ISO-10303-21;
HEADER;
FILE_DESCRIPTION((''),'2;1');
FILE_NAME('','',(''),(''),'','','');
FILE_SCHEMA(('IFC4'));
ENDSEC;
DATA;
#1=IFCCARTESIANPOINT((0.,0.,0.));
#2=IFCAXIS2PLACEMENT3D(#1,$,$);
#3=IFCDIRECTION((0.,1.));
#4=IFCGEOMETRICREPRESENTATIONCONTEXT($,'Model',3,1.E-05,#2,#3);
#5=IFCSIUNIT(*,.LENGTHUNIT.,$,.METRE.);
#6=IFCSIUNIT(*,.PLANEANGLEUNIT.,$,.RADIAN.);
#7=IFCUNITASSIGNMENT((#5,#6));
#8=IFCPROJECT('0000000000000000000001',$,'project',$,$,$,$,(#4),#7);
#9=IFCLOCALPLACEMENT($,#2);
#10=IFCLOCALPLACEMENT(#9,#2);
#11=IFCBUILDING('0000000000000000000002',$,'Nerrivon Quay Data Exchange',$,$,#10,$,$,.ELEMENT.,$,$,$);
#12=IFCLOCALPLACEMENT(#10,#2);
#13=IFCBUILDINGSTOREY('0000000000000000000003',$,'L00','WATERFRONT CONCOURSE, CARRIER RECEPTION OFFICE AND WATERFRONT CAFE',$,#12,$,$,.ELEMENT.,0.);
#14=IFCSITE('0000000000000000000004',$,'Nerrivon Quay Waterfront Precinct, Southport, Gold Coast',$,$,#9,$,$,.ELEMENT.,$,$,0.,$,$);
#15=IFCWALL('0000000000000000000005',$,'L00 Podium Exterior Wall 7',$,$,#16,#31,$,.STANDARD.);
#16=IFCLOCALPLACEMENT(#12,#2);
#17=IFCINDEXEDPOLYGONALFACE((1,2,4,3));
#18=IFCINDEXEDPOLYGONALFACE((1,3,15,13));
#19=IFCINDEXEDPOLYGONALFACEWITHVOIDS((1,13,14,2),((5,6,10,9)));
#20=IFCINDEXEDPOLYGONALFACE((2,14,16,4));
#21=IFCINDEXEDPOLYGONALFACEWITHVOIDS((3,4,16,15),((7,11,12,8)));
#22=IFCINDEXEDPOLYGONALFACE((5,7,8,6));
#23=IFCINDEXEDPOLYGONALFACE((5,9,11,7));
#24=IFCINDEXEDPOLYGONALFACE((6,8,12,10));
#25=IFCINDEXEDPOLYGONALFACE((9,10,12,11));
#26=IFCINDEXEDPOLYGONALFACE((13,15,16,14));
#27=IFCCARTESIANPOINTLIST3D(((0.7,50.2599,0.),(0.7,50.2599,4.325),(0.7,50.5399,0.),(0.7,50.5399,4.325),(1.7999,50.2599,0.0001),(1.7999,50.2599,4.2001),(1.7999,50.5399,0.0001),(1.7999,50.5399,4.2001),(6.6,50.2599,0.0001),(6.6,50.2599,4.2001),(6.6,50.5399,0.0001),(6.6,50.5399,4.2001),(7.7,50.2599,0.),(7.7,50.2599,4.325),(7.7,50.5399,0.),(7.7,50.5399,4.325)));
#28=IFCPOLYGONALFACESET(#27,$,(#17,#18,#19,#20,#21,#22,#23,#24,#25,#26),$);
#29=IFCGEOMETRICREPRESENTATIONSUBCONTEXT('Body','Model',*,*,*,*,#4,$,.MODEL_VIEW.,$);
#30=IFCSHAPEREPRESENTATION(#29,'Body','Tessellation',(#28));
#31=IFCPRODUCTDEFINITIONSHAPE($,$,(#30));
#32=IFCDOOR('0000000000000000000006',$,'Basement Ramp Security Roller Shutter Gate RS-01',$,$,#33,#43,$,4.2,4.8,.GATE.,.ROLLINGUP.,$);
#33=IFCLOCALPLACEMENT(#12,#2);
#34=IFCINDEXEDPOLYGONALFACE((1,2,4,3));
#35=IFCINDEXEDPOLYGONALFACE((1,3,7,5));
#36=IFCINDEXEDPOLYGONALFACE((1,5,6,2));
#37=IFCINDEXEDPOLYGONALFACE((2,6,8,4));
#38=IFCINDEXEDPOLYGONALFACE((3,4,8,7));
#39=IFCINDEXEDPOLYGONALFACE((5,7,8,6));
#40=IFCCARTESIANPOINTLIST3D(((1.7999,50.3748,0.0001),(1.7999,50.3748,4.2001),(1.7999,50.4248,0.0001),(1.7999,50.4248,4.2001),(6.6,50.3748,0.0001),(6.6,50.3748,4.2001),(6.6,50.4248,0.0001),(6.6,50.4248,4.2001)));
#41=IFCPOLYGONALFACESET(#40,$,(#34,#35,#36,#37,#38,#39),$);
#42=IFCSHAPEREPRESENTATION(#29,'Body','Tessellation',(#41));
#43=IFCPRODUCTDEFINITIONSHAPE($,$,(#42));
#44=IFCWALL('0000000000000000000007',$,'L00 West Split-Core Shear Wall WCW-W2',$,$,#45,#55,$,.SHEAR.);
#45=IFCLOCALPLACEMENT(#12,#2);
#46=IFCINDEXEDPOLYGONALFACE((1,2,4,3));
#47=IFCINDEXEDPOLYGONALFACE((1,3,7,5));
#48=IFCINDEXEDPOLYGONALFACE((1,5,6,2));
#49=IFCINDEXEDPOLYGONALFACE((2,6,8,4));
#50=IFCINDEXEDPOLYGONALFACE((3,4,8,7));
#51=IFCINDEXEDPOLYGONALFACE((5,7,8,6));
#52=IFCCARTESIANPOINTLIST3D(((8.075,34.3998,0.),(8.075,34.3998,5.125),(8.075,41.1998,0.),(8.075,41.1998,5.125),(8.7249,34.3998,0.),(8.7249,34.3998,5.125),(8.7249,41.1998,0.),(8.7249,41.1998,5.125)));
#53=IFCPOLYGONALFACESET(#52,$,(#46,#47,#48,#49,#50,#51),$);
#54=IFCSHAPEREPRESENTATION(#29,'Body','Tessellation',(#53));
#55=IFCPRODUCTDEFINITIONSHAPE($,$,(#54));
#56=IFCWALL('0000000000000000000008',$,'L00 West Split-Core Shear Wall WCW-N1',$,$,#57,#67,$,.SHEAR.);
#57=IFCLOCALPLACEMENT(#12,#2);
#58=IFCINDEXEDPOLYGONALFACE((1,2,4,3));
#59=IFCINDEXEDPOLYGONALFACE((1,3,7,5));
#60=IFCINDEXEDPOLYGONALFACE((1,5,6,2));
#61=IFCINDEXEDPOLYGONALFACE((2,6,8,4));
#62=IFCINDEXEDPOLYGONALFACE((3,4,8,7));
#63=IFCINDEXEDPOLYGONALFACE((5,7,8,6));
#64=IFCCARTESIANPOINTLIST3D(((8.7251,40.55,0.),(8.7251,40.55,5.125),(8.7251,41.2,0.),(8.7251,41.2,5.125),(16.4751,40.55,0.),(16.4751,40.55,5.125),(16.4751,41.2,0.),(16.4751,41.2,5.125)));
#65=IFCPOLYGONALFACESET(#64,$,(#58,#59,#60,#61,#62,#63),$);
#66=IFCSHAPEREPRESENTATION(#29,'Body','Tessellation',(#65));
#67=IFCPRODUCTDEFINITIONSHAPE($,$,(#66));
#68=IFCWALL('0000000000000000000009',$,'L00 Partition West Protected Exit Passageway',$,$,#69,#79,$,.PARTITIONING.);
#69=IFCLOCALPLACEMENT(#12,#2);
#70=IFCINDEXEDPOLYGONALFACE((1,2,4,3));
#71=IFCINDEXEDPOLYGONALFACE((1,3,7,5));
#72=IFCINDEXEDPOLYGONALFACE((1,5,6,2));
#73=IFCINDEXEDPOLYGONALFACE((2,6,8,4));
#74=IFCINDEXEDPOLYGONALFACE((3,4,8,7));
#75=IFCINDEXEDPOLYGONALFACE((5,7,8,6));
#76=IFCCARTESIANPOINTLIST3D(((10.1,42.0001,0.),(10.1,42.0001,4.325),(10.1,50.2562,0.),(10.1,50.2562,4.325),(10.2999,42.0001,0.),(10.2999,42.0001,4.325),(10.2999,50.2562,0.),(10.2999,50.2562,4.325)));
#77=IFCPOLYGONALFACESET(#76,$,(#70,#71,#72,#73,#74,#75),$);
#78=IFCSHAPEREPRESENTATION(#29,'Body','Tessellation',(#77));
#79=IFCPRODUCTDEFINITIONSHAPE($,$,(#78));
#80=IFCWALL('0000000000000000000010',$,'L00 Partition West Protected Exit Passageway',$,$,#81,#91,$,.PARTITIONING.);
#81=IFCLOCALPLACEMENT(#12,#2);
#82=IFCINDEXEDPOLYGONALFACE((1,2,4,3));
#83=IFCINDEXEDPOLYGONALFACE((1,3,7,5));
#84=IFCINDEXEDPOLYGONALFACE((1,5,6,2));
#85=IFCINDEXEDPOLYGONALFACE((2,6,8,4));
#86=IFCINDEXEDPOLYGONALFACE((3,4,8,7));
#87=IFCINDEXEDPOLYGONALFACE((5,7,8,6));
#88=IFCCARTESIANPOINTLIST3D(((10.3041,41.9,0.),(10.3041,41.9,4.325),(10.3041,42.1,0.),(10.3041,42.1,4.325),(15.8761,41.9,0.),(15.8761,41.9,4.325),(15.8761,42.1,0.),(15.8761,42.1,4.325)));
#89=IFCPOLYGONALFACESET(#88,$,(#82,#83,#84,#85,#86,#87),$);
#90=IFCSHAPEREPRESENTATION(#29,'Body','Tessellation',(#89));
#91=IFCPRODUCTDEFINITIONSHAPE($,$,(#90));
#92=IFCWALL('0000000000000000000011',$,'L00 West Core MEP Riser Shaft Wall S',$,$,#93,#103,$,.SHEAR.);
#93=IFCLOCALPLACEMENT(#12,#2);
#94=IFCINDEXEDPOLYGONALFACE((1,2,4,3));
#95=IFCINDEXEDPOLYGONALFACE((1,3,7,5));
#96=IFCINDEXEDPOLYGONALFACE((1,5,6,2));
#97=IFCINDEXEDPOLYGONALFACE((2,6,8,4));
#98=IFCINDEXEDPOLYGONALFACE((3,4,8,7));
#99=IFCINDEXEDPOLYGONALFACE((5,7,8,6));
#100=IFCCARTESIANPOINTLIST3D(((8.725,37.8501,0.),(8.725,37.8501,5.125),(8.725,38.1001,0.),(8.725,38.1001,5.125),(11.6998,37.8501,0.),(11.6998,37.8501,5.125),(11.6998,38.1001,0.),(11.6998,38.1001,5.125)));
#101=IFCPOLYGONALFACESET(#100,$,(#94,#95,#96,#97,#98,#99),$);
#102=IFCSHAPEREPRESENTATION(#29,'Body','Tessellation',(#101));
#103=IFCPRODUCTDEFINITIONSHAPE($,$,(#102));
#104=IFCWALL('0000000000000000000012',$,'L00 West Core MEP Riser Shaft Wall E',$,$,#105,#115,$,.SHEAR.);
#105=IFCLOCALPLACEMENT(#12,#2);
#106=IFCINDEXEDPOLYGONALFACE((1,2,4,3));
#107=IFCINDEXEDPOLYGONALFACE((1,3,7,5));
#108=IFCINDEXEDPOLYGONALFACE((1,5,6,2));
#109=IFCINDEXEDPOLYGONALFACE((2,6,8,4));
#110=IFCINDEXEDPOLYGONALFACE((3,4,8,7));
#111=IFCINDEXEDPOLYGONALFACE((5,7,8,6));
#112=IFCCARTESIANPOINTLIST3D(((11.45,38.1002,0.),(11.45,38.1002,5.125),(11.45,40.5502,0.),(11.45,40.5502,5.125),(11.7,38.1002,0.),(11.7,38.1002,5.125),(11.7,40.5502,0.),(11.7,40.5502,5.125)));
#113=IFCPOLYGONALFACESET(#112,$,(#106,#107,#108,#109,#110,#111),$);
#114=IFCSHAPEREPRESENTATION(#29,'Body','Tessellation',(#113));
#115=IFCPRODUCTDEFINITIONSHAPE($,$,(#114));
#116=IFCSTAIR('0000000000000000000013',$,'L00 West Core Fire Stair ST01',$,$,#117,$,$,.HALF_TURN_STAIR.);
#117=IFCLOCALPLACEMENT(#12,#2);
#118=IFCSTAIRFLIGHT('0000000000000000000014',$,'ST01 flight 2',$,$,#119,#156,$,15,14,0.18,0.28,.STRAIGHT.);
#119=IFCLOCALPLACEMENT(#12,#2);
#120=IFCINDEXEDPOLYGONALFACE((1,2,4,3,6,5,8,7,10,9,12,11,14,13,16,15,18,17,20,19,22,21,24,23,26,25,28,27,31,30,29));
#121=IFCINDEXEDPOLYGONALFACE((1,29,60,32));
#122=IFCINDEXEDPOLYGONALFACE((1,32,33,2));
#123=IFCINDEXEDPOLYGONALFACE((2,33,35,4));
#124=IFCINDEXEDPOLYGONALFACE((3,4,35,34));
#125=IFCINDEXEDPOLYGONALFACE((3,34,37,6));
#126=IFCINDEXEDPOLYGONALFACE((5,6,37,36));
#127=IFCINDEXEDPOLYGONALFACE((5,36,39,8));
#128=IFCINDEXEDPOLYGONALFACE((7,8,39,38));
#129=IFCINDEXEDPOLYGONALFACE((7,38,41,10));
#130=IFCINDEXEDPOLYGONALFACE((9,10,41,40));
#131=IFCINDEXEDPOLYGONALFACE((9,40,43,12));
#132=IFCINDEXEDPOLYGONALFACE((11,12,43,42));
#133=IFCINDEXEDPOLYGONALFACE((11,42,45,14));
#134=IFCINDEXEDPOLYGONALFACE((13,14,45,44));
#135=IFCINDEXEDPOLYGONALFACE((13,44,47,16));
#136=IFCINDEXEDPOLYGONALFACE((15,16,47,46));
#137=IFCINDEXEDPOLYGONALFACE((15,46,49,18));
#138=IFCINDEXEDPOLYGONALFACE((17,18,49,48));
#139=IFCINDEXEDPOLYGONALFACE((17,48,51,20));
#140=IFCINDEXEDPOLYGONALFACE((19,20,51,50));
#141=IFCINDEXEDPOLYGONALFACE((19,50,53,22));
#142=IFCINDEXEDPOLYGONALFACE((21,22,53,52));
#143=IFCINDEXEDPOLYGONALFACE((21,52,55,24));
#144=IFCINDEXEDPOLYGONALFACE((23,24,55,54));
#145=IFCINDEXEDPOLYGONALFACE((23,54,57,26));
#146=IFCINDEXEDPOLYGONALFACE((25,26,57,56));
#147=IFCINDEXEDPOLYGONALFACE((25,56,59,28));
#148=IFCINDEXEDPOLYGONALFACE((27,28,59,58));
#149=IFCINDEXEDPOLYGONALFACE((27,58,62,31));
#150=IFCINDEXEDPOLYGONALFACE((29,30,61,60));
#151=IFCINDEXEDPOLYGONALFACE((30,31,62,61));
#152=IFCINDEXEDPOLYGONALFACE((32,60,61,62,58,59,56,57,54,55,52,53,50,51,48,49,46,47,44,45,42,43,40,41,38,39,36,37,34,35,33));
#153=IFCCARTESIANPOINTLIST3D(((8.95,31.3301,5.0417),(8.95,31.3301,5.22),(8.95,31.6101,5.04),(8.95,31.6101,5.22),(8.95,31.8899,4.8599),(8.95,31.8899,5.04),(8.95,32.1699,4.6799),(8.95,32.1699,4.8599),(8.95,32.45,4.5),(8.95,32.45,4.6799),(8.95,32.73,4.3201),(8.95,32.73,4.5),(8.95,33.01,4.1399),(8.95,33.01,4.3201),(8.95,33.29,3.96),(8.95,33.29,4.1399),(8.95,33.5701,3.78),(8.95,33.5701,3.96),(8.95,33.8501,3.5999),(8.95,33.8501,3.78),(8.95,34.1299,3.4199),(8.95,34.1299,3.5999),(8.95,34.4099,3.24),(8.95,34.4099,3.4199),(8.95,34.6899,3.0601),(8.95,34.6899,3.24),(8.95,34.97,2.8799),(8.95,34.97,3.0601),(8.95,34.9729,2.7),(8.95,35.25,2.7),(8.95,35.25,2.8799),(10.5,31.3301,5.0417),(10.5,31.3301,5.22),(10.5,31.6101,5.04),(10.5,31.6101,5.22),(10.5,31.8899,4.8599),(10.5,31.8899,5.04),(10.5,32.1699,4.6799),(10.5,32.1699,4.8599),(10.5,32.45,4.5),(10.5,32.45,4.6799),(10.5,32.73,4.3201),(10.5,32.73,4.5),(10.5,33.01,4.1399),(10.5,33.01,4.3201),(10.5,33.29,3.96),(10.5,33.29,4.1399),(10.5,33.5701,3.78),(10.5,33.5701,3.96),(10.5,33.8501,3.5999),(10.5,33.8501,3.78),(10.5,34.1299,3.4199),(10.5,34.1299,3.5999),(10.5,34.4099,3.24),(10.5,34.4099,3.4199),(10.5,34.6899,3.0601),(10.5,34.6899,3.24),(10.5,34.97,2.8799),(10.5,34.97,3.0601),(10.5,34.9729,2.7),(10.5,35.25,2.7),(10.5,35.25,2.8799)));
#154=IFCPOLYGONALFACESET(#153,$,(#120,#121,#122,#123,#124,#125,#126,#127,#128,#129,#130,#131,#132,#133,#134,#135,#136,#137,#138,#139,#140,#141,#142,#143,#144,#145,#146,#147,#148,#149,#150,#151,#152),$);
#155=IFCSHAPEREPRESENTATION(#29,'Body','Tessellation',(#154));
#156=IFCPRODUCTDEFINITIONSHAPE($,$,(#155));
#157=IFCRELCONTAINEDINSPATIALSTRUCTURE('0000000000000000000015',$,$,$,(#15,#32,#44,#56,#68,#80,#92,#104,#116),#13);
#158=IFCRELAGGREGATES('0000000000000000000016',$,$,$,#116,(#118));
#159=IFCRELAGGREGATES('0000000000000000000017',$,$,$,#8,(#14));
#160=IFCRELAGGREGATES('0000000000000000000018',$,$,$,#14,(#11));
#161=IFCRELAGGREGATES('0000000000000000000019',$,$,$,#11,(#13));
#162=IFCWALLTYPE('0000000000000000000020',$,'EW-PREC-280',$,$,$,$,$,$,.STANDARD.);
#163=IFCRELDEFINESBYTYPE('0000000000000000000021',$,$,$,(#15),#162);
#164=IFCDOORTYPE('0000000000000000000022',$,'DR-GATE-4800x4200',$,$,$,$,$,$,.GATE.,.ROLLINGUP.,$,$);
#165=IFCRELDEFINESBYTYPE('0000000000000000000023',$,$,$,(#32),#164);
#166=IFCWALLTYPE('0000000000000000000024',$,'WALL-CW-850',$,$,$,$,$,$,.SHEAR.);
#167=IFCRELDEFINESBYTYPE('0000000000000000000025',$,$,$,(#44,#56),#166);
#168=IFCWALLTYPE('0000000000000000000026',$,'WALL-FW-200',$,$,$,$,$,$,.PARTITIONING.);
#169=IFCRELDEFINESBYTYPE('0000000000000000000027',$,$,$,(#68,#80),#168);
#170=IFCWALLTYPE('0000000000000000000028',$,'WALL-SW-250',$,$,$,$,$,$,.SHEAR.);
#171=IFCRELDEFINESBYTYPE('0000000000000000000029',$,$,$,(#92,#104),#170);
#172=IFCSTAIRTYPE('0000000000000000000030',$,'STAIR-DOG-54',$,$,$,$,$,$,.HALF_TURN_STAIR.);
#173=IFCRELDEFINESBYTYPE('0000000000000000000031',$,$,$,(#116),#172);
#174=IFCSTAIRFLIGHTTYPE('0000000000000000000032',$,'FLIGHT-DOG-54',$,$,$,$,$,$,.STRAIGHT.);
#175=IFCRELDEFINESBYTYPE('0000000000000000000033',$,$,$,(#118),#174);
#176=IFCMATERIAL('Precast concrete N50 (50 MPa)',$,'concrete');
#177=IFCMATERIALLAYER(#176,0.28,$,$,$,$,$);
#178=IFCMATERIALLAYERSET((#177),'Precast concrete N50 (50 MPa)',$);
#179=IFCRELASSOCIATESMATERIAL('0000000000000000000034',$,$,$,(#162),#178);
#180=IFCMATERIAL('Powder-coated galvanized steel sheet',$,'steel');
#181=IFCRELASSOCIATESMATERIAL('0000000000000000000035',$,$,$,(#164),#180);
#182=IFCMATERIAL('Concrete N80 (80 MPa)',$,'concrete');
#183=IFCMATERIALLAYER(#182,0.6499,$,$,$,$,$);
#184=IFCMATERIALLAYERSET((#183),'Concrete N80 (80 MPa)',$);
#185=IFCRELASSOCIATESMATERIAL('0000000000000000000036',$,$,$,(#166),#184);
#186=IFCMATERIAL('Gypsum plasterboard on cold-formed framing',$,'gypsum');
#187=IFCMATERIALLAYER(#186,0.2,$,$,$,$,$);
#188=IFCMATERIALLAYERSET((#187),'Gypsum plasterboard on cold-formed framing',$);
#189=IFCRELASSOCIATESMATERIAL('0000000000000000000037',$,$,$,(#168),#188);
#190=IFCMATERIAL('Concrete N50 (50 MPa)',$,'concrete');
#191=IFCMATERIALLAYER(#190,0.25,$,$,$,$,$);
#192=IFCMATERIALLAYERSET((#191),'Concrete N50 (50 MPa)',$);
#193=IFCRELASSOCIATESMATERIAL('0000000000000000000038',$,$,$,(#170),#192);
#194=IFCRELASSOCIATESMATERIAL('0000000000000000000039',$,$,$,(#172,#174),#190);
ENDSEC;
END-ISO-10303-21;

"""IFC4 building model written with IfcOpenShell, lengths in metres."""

from ifc_helpers import new_model, si_unit, direction, frame, frame_2d, origin, place, context, subcontext, project, spatial, polyline, rectangle, outline, extrude, material, layer, layer_set, type_object, element, fill, aggregate, save


model = new_model("IFC4")

# Units and contexts
model_context = context("Model", 3, precision=1e-05, world=origin(), true_north=direction((0.0, 1.0)))
body_context = subcontext(model_context, "Body", "Model", "MODEL_VIEW")
ifc_project = project(units=[si_unit("LENGTHUNIT", "METRE"), si_unit("PLANEANGLEUNIT", "RADIAN")], contexts=[model_context])

# Site, building, storey
site_placement = place(None, origin())
site = spatial("IfcSite", under=ifc_project, at=site_placement, Name="Nerrivon Quay Waterfront Precinct, Southport, Gold Coast", CompositionType="ELEMENT", RefElevation=0.0)
building_placement = place(site_placement, origin())
building = spatial("IfcBuilding", under=site, at=building_placement, Name="Nerrivon Quay Data Exchange", CompositionType="ELEMENT")
storey_placement = place(building_placement, origin())
storey = spatial("IfcBuildingStorey", under=building, at=storey_placement, Name="L00", Description="WATERFRONT CONCOURSE, CARRIER RECEPTION OFFICE AND WATERFRONT CAFE", CompositionType="ELEMENT", Elevation=0.0)

# Shared definitions
ifc_material_1 = material(Name="Concrete N80 (80 MPa)", Category="concrete")

# Shared definitions
ifc_material_2 = material(Name="Precast concrete N50 (50 MPa)", Category="concrete")
ifc_layer_1 = layer(ifc_material_2, 0.28)
ifc_layer_set_1 = layer_set([ifc_layer_1], Name="Precast concrete N50 (50 MPa)")
wall_type_1 = type_object("IfcWallType", Name="EW-PREC-280", PredefinedType="STANDARD", material=ifc_layer_set_1)

# Wall, opening, door
wall_1_placement = place(storey_placement, frame((0.7, 50.3999, 0.0), z_axis=(0.0, 0.0, 1.0), x_axis=(1.0, 0.0, 0.0)))
wall_1 = element("IfcWall", 1, at=wall_1_placement, inside=storey, type_object=wall_type_1, Name="L00 Podium Exterior Wall 7", PredefinedType="STANDARD", context=body_context, shape_type="SweptSolid", body=[
    extrude(rectangle(XDim=7.0, YDim=0.28, at=frame_2d((3.5, 0.0))), origin(), (0.0, 0.0, 1.0), 4.325),
])
opening_1_placement = place(wall_1_placement, frame((1.1001, 0.0, 0.0)))
opening_1 = element("IfcOpeningElement", 2, at=opening_1_placement, cuts=wall_1, PredefinedType="OPENING", context=body_context, shape_type="SweptSolid", body=[
    extrude(rectangle(XDim=4.8, YDim=4.2, at=frame_2d((2.3999, 2.1001))), frame((0.0, 0.1499, 0.0), z_axis=(0.0, -1.0, 0.0), x_axis=(1.0, 0.0, 0.0)), (0.0, 0.0, 1.0), 0.3),
])
ifc_material_3 = material(Name="Powder-coated galvanized steel sheet", Category="steel")
door_type_1 = type_object("IfcDoorType", Name="DR-GATE-4800x4200", OperationType="ROLLINGUP", PredefinedType="GATE", material=ifc_material_3)
door_1_placement = place(opening_1_placement, origin())
door_1 = element("IfcDoor", 3, at=door_1_placement, inside=storey, type_object=door_type_1, Name="Basement Ramp Security Roller Shutter Gate RS-01", OperationType="ROLLINGUP", OverallHeight=4.2, OverallWidth=4.8, PredefinedType="GATE", context=body_context, shape_type="SweptSolid", body=[
    extrude(rectangle(XDim=4.8, YDim=4.2, at=frame_2d((2.3999, 2.1001))), frame((0.0, 0.0249, 0.0), z_axis=(0.0, -1.0, 0.0), x_axis=(1.0, 0.0, 0.0)), (0.0, 0.0, 1.0), 0.05),
])
fill(opening_1, door_1)

# Walls
ifc_layer_2 = layer(ifc_material_1, 0.6499)
ifc_layer_set_2 = layer_set([ifc_layer_2], Name="Concrete N80 (80 MPa)")
wall_type_2 = type_object("IfcWallType", Name="WALL-CW-850", PredefinedType="SHEAR", material=ifc_layer_set_2)
wall_2_placement = place(storey_placement, frame((8.3999, 34.3999, 0.0), z_axis=(0.0, 0.0, 1.0), x_axis=(0.0, 1.0, 0.0)))
element("IfcWall", 4, at=wall_2_placement, inside=storey, type_object=wall_type_2, Name="L00 West Split-Core Shear Wall WCW-W2", PredefinedType="SHEAR", context=body_context, shape_type="SweptSolid", body=[
    extrude(rectangle(XDim=6.8, YDim=0.6499, at=frame_2d((3.3999, 0.0))), origin(), (0.0, 0.0, 1.0), 5.125),
])
wall_3_placement = place(storey_placement, frame((8.7251, 40.875, 0.0), z_axis=(0.0, 0.0, 1.0), x_axis=(1.0, 0.0, 0.0)))
element("IfcWall", 5, at=wall_3_placement, inside=storey, type_object=wall_type_2, Name="L00 West Split-Core Shear Wall WCW-N1", PredefinedType="SHEAR", context=body_context, shape_type="SweptSolid", body=[
    extrude(rectangle(XDim=7.75, YDim=0.6499, at=frame_2d((3.875, 0.0))), origin(), (0.0, 0.0, 1.0), 5.125),
])
ifc_material_4 = material(Name="Gypsum plasterboard on cold-formed framing", Category="gypsum")
ifc_layer_3 = layer(ifc_material_4, 0.2)
ifc_layer_set_3 = layer_set([ifc_layer_3], Name="Gypsum plasterboard on cold-formed framing")
wall_type_3 = type_object("IfcWallType", Name="WALL-FW-200", PredefinedType="PARTITIONING", material=ifc_layer_set_3)
wall_4_placement = place(storey_placement, frame((10.2, 50.2561, 0.0), z_axis=(0.0, 0.0, 1.0), x_axis=(0.0, -1.0, 0.0)))
element("IfcWall", 6, at=wall_4_placement, inside=storey, type_object=wall_type_3, Name="L00 Partition West Protected Exit Passageway", PredefinedType="PARTITIONING", context=body_context, shape_type="SweptSolid", body=[
    extrude(rectangle(XDim=8.2561, YDim=0.2, at=frame_2d((4.1279, 0.0))), origin(), (0.0, 0.0, 1.0), 4.325),
])
wall_5_placement = place(storey_placement, frame((10.304, 42.0, 0.0), z_axis=(0.0, 0.0, 1.0), x_axis=(1.0, 0.0, 0.0)))
element("IfcWall", 7, at=wall_5_placement, inside=storey, type_object=wall_type_3, Name="L00 Partition West Protected Exit Passageway", PredefinedType="PARTITIONING", context=body_context, shape_type="SweptSolid", body=[
    extrude(rectangle(XDim=5.572, YDim=0.2, at=frame_2d((2.7861, 0.0))), origin(), (0.0, 0.0, 1.0), 4.325),
])
ifc_material_5 = material(Name="Concrete N50 (50 MPa)", Category="concrete")
ifc_layer_4 = layer(ifc_material_5, 0.25)
ifc_layer_set_4 = layer_set([ifc_layer_4], Name="Concrete N50 (50 MPa)")
wall_type_4 = type_object("IfcWallType", Name="WALL-SW-250", PredefinedType="SHEAR", material=ifc_layer_set_4)
wall_6_placement = place(storey_placement, frame((8.7251, 37.9751, 0.0), z_axis=(0.0, 0.0, 1.0), x_axis=(1.0, 0.0, 0.0)))
element("IfcWall", 8, at=wall_6_placement, inside=storey, type_object=wall_type_4, Name="L00 West Core MEP Riser Shaft Wall S", PredefinedType="SHEAR", context=body_context, shape_type="SweptSolid", body=[
    extrude(rectangle(XDim=2.9749, YDim=0.25, at=frame_2d((1.4873, 0.0))), origin(), (0.0, 0.0, 1.0), 5.125),
])
wall_7_placement = place(storey_placement, frame((11.575, 38.1001, 0.0), z_axis=(0.0, 0.0, 1.0), x_axis=(0.0, 1.0, 0.0)))
element("IfcWall", 9, at=wall_7_placement, inside=storey, type_object=wall_type_4, Name="L00 West Core MEP Riser Shaft Wall E", PredefinedType="SHEAR", context=body_context, shape_type="SweptSolid", body=[
    extrude(rectangle(XDim=2.45, YDim=0.25, at=frame_2d((1.2251, 0.0))), origin(), (0.0, 0.0, 1.0), 5.125),
])

# Stair, stair flight
stair_type = type_object("IfcStairType", Name="STAIR-DOG-54", PredefinedType="HALF_TURN_STAIR", material=ifc_material_5)
stair_placement = place(storey_placement, origin())
stair = element("IfcStair", 10, at=stair_placement, inside=storey, type_object=stair_type, Name="L00 West Core Fire Stair ST01", PredefinedType="HALF_TURN_STAIR")
stair_flight_type = type_object("IfcStairFlightType", Name="FLIGHT-DOG-54", PredefinedType="STRAIGHT", material=ifc_material_5)
stair_flight_placement = place(storey_placement, frame((9.7251, 35.25, 2.7), z_axis=(0.0, 0.0, 1.0), x_axis=(0.0, -1.0, 0.0)))
stair_flight = element("IfcStairFlight", 11, at=stair_flight_placement, type_object=stair_flight_type, Name="ST01 flight 2", NumberOfRisers=15, NumberOfTreads=14, PredefinedType="STRAIGHT", RiserHeight=0.18, TreadLength=0.28, context=body_context, shape_type="SweptSolid", body=[
    extrude(outline(polyline([(0.0, 0.0), (0.0, 0.1799), (0.28, 0.1799), (0.28, 0.3601), (0.5601, 0.3601), (0.5601, 0.54), (0.8401, 0.54), (0.8401, 0.72), (1.1201, 0.72), (1.1201, 0.8999), (1.3999, 0.8999), (1.3999, 1.0801), (1.6799, 1.0801), (1.6799, 1.26), (1.96, 1.26), (1.96, 1.4399), (2.24, 1.4399), (2.24, 1.6201), (2.52, 1.6201), (2.52, 1.8), (2.8, 1.8), (2.8, 1.98), (3.0801, 1.98), (3.0801, 2.1599), (3.3601, 2.1599), (3.3601, 2.3401), (3.6399, 2.3401), (3.6399, 2.52), (3.9199, 2.52), (3.9199, 2.7), (3.9199, 2.3418), (0.2771, 0.0), (0.0, 0.0)])), frame((0.0, 0.7749, 0.0), z_axis=(0.0, -1.0, 0.0), x_axis=(1.0, 0.0, 0.0)), (0.0, 0.0, 1.0), 1.55),
])
aggregate(stair, [stair_flight])

save(model, "model.ifc")
